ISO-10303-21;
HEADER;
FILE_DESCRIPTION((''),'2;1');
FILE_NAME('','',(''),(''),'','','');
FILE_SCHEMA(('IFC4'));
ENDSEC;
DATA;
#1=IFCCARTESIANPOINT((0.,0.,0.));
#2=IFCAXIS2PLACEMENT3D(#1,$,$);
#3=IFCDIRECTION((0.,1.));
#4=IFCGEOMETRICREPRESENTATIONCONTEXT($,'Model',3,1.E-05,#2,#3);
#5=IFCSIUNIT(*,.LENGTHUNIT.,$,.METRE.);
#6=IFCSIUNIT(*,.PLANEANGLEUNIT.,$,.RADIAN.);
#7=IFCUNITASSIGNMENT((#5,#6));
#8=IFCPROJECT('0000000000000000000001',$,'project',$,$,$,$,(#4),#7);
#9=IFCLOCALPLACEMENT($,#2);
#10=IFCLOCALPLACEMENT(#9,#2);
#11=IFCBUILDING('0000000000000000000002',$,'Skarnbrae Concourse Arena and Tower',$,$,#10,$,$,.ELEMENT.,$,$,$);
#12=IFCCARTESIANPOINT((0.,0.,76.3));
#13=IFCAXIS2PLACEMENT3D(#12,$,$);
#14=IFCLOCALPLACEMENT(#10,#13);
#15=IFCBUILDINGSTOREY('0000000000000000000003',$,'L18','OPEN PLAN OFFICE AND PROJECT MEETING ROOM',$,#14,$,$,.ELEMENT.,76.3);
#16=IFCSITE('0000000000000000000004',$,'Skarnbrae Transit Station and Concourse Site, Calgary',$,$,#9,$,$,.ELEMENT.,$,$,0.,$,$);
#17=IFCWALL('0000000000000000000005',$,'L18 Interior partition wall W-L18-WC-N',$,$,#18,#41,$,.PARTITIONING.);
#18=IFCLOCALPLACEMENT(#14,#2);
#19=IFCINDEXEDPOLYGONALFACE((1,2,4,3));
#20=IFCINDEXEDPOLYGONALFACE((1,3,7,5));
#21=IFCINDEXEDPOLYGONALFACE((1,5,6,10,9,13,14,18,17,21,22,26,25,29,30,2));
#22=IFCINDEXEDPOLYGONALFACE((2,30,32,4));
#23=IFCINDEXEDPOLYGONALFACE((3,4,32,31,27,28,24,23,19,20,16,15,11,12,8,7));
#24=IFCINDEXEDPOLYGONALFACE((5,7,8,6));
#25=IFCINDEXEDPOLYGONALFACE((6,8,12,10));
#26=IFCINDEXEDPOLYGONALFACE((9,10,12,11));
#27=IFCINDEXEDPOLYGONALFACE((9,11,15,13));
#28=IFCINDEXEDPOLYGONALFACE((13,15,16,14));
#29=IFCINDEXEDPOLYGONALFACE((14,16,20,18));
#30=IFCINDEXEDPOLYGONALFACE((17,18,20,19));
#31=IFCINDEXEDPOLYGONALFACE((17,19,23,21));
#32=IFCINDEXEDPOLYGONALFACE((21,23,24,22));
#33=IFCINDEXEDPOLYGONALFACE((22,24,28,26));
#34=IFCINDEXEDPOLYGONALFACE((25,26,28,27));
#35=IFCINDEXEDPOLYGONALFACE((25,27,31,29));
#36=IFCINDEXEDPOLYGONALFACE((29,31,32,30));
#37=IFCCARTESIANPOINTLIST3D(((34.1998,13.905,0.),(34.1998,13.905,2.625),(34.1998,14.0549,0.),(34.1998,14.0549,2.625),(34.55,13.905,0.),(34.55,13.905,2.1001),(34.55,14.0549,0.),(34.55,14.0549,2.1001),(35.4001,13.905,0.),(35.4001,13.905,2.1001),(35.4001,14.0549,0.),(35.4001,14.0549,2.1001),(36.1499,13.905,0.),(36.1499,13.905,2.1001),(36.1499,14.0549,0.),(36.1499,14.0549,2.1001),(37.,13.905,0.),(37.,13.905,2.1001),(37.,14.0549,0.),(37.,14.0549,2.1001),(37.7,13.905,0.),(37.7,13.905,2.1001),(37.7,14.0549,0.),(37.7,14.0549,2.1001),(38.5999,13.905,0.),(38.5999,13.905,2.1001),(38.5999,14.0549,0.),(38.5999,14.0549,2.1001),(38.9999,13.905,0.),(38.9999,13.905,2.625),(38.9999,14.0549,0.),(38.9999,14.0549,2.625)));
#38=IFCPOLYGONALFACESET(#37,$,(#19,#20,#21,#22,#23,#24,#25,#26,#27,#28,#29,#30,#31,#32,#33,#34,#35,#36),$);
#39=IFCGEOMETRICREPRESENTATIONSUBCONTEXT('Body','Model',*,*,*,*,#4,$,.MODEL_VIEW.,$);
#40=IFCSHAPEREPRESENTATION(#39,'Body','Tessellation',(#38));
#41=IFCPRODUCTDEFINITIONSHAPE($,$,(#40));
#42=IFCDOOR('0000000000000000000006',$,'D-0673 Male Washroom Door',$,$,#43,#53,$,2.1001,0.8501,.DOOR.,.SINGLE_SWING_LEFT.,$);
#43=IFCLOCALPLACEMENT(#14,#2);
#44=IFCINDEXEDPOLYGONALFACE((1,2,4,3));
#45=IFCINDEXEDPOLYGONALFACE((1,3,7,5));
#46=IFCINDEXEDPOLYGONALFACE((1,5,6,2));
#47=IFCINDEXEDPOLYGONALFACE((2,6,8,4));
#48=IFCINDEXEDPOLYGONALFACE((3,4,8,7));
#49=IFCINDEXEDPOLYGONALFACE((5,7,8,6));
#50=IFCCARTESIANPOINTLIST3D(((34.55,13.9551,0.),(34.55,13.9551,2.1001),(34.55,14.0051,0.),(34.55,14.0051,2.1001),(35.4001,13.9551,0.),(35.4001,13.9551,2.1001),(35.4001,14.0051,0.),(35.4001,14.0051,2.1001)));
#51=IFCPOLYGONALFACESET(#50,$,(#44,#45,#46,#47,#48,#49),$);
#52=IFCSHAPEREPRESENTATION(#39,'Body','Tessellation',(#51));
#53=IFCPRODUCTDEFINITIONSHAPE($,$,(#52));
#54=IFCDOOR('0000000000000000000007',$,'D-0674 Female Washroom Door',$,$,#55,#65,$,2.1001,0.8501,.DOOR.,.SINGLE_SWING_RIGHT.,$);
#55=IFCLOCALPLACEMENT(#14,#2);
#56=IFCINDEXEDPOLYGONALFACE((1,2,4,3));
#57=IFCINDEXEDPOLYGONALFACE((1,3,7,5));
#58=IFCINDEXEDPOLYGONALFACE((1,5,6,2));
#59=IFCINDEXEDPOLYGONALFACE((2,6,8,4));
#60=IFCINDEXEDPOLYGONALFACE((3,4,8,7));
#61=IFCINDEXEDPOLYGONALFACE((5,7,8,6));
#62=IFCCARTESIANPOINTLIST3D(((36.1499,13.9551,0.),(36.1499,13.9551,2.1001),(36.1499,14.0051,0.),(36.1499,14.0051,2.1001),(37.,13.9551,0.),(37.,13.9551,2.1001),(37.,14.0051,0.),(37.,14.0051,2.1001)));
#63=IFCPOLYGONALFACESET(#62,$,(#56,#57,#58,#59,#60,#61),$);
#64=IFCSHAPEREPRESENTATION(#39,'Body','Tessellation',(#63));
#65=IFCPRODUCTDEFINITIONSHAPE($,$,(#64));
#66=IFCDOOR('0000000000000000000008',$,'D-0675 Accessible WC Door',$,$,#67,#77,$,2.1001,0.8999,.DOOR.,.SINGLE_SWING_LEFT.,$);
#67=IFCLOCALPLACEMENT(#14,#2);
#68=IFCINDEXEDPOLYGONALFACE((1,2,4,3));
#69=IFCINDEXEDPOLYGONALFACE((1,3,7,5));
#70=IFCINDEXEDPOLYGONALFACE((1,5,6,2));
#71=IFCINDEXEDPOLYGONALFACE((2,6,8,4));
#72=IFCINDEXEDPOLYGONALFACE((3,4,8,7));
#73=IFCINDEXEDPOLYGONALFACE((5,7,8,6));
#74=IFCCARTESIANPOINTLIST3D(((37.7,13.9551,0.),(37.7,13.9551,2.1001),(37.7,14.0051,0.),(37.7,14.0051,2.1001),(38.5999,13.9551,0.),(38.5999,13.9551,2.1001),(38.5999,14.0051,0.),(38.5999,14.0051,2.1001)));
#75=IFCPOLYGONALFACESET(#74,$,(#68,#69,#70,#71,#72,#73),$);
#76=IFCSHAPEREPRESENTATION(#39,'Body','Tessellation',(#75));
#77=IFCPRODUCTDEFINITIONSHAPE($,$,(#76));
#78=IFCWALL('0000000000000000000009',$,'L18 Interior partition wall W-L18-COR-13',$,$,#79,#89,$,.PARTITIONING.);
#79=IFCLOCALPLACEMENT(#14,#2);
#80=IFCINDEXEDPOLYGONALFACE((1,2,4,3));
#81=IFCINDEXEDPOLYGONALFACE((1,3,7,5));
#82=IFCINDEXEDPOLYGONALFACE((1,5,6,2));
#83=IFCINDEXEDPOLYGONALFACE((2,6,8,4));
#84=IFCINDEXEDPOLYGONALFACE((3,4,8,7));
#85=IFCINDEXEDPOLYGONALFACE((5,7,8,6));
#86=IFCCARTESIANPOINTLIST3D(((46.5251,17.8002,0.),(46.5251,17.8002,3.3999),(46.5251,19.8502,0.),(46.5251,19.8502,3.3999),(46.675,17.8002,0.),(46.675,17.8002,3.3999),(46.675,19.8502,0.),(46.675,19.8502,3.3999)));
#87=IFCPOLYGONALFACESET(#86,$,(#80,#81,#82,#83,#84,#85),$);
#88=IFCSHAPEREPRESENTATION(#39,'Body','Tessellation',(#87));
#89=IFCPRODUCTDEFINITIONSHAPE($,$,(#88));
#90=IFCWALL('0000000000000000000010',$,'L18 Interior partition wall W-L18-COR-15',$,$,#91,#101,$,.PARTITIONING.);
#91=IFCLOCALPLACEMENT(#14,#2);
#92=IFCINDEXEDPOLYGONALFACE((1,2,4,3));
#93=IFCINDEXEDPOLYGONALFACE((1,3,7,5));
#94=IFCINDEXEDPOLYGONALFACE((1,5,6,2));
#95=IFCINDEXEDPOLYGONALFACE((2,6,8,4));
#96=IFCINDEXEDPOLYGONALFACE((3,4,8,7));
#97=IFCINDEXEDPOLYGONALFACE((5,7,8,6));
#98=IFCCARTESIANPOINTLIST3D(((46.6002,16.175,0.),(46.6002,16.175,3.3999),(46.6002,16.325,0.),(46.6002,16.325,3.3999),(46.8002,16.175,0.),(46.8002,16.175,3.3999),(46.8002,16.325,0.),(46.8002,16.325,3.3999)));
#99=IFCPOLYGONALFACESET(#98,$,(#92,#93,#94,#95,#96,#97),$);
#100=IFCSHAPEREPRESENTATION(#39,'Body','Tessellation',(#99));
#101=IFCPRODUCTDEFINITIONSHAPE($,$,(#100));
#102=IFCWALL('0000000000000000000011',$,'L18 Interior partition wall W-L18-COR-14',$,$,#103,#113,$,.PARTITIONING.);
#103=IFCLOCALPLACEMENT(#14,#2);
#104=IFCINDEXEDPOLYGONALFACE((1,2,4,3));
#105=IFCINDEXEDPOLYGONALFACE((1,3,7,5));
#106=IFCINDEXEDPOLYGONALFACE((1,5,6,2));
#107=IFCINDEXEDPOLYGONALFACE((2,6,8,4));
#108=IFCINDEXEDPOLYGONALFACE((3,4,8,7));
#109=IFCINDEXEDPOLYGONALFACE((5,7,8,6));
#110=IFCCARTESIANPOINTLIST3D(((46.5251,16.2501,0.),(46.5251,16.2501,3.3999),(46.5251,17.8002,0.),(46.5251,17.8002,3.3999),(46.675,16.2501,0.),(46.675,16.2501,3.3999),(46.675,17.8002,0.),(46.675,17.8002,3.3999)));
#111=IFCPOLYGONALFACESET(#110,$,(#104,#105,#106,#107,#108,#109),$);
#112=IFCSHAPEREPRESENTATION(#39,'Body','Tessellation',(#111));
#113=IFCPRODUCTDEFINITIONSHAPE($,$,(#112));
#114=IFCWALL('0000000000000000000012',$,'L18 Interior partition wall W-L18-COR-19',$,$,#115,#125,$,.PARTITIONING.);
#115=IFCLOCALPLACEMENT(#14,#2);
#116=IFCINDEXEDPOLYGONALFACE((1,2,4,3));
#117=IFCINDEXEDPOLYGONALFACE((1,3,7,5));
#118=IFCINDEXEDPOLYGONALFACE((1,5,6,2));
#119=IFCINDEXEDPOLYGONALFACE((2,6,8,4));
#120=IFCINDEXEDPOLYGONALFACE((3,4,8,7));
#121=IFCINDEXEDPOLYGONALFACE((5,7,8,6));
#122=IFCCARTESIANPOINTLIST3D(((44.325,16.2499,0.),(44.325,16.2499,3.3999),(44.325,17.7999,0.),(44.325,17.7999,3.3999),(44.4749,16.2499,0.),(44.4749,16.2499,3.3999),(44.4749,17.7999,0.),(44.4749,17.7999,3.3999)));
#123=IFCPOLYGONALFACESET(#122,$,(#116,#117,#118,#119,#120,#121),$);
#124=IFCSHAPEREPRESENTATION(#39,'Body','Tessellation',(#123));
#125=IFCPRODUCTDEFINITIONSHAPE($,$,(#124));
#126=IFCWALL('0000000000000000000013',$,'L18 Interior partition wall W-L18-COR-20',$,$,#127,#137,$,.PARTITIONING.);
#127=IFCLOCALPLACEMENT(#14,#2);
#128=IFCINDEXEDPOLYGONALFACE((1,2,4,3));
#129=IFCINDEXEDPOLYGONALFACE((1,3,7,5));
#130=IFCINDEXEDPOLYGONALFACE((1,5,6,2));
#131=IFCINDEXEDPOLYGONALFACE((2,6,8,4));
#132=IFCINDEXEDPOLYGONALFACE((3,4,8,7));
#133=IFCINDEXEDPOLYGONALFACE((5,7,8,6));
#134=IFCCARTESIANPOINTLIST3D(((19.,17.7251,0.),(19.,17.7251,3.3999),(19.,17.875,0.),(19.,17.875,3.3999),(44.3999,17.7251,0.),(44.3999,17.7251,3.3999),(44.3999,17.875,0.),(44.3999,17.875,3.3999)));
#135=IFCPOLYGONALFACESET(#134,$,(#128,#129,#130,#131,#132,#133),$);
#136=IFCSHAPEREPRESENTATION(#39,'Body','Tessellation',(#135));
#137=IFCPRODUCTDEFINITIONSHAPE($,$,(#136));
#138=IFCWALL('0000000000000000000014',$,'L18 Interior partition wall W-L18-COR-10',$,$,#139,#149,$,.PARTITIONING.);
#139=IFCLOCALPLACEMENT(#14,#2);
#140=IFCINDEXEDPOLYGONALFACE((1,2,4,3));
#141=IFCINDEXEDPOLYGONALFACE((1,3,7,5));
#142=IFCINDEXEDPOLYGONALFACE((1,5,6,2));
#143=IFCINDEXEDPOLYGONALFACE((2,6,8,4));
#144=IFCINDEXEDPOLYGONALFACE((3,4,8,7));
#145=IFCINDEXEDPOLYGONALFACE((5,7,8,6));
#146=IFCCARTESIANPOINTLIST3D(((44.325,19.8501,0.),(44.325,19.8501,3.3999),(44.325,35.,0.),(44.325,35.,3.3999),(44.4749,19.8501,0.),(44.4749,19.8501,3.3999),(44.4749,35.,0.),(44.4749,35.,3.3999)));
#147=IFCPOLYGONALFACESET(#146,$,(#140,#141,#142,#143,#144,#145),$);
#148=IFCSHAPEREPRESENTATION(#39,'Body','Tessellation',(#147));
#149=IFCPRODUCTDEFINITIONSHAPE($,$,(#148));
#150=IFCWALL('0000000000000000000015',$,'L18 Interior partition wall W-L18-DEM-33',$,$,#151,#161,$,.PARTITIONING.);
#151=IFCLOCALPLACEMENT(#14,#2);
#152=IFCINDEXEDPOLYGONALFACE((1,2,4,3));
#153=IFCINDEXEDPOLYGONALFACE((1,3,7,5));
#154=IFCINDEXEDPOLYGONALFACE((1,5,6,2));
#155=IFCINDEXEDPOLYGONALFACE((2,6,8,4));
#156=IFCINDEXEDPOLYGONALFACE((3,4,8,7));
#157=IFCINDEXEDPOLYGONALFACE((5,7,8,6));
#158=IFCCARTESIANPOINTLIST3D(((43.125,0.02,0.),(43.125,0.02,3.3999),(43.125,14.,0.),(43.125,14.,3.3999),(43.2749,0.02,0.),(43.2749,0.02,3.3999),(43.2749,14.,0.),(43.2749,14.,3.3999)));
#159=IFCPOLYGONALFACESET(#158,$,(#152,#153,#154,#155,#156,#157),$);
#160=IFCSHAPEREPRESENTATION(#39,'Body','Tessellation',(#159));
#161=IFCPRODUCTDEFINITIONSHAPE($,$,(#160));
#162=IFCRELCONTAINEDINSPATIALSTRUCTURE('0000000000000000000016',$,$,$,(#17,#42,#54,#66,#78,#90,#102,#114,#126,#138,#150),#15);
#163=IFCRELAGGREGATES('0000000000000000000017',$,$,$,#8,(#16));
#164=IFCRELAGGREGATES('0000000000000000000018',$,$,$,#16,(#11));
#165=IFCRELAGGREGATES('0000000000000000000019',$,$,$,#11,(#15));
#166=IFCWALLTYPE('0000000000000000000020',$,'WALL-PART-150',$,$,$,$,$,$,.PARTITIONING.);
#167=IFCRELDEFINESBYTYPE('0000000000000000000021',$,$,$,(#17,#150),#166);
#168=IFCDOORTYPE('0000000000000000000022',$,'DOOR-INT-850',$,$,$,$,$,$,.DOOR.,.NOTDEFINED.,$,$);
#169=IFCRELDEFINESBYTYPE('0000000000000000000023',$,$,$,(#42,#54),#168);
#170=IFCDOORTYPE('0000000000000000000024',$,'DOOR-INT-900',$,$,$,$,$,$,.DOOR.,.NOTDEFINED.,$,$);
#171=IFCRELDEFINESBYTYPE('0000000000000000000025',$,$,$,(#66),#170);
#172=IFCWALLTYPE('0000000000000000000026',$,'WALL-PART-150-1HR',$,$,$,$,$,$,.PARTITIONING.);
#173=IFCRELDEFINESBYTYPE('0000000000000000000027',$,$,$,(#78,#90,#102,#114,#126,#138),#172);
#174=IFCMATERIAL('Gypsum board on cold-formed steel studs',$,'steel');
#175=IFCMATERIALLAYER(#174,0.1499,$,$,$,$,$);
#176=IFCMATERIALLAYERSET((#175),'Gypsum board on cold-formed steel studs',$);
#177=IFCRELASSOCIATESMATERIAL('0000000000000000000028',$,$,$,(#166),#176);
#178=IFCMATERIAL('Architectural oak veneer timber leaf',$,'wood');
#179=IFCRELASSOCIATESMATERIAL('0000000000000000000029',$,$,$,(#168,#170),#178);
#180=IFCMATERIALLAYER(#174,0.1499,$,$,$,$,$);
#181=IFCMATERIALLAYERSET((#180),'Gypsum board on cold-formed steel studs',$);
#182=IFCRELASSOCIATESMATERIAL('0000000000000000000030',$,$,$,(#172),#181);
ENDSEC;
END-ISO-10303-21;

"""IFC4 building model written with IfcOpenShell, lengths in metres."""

from ifc_helpers import new_model, si_unit, direction, frame, frame_2d, origin, place, context, subcontext, project, spatial, rectangle, extrude, source, transform, mapped, material, layer, layer_set, type_object, element, fill, save


model = new_model("IFC4")

# Units and contexts
model_context = context("Model", 3, precision=1e-05, world=origin(), true_north=direction((0.0, 1.0)))
body_context = subcontext(model_context, "Body", "Model", "MODEL_VIEW")
ifc_project = project(units=[si_unit("LENGTHUNIT", "METRE"), si_unit("PLANEANGLEUNIT", "RADIAN")], contexts=[model_context])

# Site, building, storey
site_placement = place(None, origin())
site = spatial("IfcSite", under=ifc_project, at=site_placement, Name="Skarnbrae Transit Station and Concourse Site, Calgary", CompositionType="ELEMENT", RefElevation=0.0)
building_placement = place(site_placement, origin())
building = spatial("IfcBuilding", under=site, at=building_placement, Name="Skarnbrae Concourse Arena and Tower", CompositionType="ELEMENT")
storey_placement = place(building_placement, frame((0.0, 0.0, 76.3)))
storey = spatial("IfcBuildingStorey", under=building, at=storey_placement, Name="L18", Description="OPEN PLAN OFFICE AND PROJECT MEETING ROOM", CompositionType="ELEMENT", Elevation=76.3)

# Wall, openings, doors
ifc_material_1 = material(Name="Gypsum board on cold-formed steel studs", Category="steel")
ifc_layer_1 = layer(ifc_material_1, 0.1499)
ifc_layer_set_1 = layer_set([ifc_layer_1], Name="Gypsum board on cold-formed steel studs")
wall_type_1 = type_object("IfcWallType", Name="WALL-PART-150", PredefinedType="PARTITIONING", material=ifc_layer_set_1)
shared_shape_1 = source(origin(), body_context, "Body", "SweptSolid", [
    extrude(rectangle(XDim=4.8, YDim=0.1499, at=frame_2d((2.3999, 0.0))), origin(), (0.0, 0.0, 1.0), 2.625),
])
wall_1_placement = place(storey_placement, frame((34.2, 13.98, 0.0), z_axis=(0.0, 0.0, 1.0), x_axis=(1.0, 0.0, 0.0)))
wall_1 = element("IfcWall", 1, at=wall_1_placement, inside=storey, type_object=wall_type_1, Name="L18 Interior partition wall W-L18-WC-N", PredefinedType="PARTITIONING", context=body_context, shape_type="MappedRepresentation", body=[
    mapped(shared_shape_1, transform((0.0, 0.0, 0.0))),
])
opening_1_placement = place(wall_1_placement, frame((0.3501, 0.0, 0.0)))
opening_1 = element("IfcOpeningElement", 2, at=opening_1_placement, cuts=wall_1, PredefinedType="OPENING", context=body_context, shape_type="SweptSolid", body=[
    extrude(rectangle(XDim=0.8501, YDim=2.1001, at=frame_2d((0.425, 1.05))), frame((0.0, 0.085, 0.0), z_axis=(0.0, -1.0, 0.0), x_axis=(1.0, 0.0, 0.0)), (0.0, 0.0, 1.0), 0.1699),
])
opening_2_placement = place(wall_1_placement, frame((1.95, 0.0, 0.0)))
opening_2 = element("IfcOpeningElement", 3, at=opening_2_placement, cuts=wall_1, PredefinedType="OPENING", context=body_context, shape_type="SweptSolid", body=[
    extrude(rectangle(XDim=0.8501, YDim=2.1001, at=frame_2d((0.425, 1.05))), frame((0.0, 0.085, 0.0), z_axis=(0.0, -1.0, 0.0), x_axis=(1.0, 0.0, 0.0)), (0.0, 0.0, 1.0), 0.1699),
])
opening_3_placement = place(wall_1_placement, frame((3.5, 0.0, 0.0)))
opening_3 = element("IfcOpeningElement", 4, at=opening_3_placement, cuts=wall_1, PredefinedType="OPENING", context=body_context, shape_type="SweptSolid", body=[
    extrude(rectangle(XDim=0.8999, YDim=2.1001, at=frame_2d((0.45, 1.05))), frame((0.0, 0.085, 0.0), z_axis=(0.0, -1.0, 0.0), x_axis=(1.0, 0.0, 0.0)), (0.0, 0.0, 1.0), 0.1699),
])
ifc_material_2 = material(Name="Architectural oak veneer timber leaf", Category="wood")
door_type_1 = type_object("IfcDoorType", Name="DOOR-INT-850", OperationType="NOTDEFINED", PredefinedType="DOOR", material=ifc_material_2)
shared_shape_2 = source(origin(), body_context, "Body", "SweptSolid", [
    extrude(rectangle(XDim=0.8501, YDim=2.1001, at=frame_2d((0.425, 1.05))), frame((0.0, 0.0249, 0.0), z_axis=(0.0, -1.0, 0.0), x_axis=(1.0, 0.0, 0.0)), (0.0, 0.0, 1.0), 0.05),
])
door_1_placement = place(opening_1_placement, frame((0.8501, 0.0, 0.0), z_axis=(0.0, 0.0, 1.0), x_axis=(-1.0, 0.0, 0.0)))
door_1 = element("IfcDoor", 5, at=door_1_placement, inside=storey, type_object=door_type_1, Name="D-0673 Male Washroom Door", OperationType="SINGLE_SWING_LEFT", OverallHeight=2.1001, OverallWidth=0.8501, PredefinedType="DOOR", context=body_context, shape_type="MappedRepresentation", body=[
    mapped(shared_shape_2, transform((0.0, 0.0, 0.0))),
])
fill(opening_1, door_1)
door_2_placement = place(opening_2_placement, frame((0.8501, 0.0, 0.0), z_axis=(0.0, 0.0, 1.0), x_axis=(-1.0, 0.0, 0.0)))
door_2 = element("IfcDoor", 6, at=door_2_placement, inside=storey, type_object=door_type_1, Name="D-0674 Female Washroom Door", OperationType="SINGLE_SWING_RIGHT", OverallHeight=2.1001, OverallWidth=0.8501, PredefinedType="DOOR", context=body_context, shape_type="MappedRepresentation", body=[
    mapped(shared_shape_2, transform((0.0, 0.0, 0.0))),
])
fill(opening_2, door_2)
door_type_2 = type_object("IfcDoorType", Name="DOOR-INT-900", OperationType="NOTDEFINED", PredefinedType="DOOR", material=ifc_material_2)
shared_shape_3 = source(origin(), body_context, "Body", "SweptSolid", [
    extrude(rectangle(XDim=0.8999, YDim=2.1001, at=frame_2d((0.45, 1.05))), frame((0.0, 0.0249, 0.0), z_axis=(0.0, -1.0, 0.0), x_axis=(1.0, 0.0, 0.0)), (0.0, 0.0, 1.0), 0.05),
])
door_3_placement = place(opening_3_placement, frame((0.8999, 0.0, 0.0), z_axis=(0.0, 0.0, 1.0), x_axis=(-1.0, 0.0, 0.0)))
door_3 = element("IfcDoor", 7, at=door_3_placement, inside=storey, type_object=door_type_2, Name="D-0675 Accessible WC Door", OperationType="SINGLE_SWING_LEFT", OverallHeight=2.1001, OverallWidth=0.8999, PredefinedType="DOOR", context=body_context, shape_type="MappedRepresentation", body=[
    mapped(shared_shape_3, transform((0.0, 0.0, 0.0))),
])
fill(opening_3, door_3)

# Walls
ifc_layer_2 = layer(ifc_material_1, 0.1499)
ifc_layer_set_2 = layer_set([ifc_layer_2], Name="Gypsum board on cold-formed steel studs")
wall_type_2 = type_object("IfcWallType", Name="WALL-PART-150-1HR", PredefinedType="PARTITIONING", material=ifc_layer_set_2)
shared_shape_4 = source(origin(), body_context, "Body", "SweptSolid", [
    extrude(rectangle(XDim=2.05, YDim=0.1499, at=frame_2d((1.0249, 0.0))), origin(), (0.0, 0.0, 1.0), 3.3999),
])
wall_2_placement = place(storey_placement, frame((46.6001, 19.8501, 0.0), z_axis=(0.0, 0.0, 1.0), x_axis=(0.0, -1.0, 0.0)))
element("IfcWall", 8, at=wall_2_placement, inside=storey, type_object=wall_type_2, Name="L18 Interior partition wall W-L18-COR-13", PredefinedType="PARTITIONING", context=body_context, shape_type="MappedRepresentation", body=[
    mapped(shared_shape_4, transform((0.0, 0.0, 0.0))),
])
shared_shape_5 = source(origin(), body_context, "Body", "SweptSolid", [
    extrude(rectangle(XDim=0.2, YDim=0.1499, at=frame_2d((0.1001, 0.0))), origin(), (0.0, 0.0, 1.0), 3.3999),
])
wall_3_placement = place(storey_placement, frame((46.6001, 16.25, 0.0), z_axis=(0.0, 0.0, 1.0), x_axis=(1.0, 0.0, 0.0)))
element("IfcWall", 9, at=wall_3_placement, inside=storey, type_object=wall_type_2, Name="L18 Interior partition wall W-L18-COR-15", PredefinedType="PARTITIONING", context=body_context, shape_type="MappedRepresentation", body=[
    mapped(shared_shape_5, transform((0.0, 0.0, 0.0))),
])
shared_shape_6 = source(origin(), body_context, "Body", "SweptSolid", [
    extrude(rectangle(XDim=1.55, YDim=0.1499, at=frame_2d((0.7749, 0.0))), origin(), (0.0, 0.0, 1.0), 3.3999),
])
for number, where, z_axis, x_axis, name in (
    (10, (46.6001, 17.8, 0.0), (0.0, 0.0, 1.0), (0.0, -1.0, 0.0), "L18 Interior partition wall W-L18-COR-14"),
    (11, (44.3999, 16.25, 0.0), (0.0, 0.0, 1.0), (0.0, 1.0, 0.0), "L18 Interior partition wall W-L18-COR-19"),
):
    element("IfcWall", number, at=place(storey_placement, frame(where, z_axis=z_axis, x_axis=x_axis)), inside=storey, type_object=wall_type_2, Name=name, PredefinedType="PARTITIONING", context=body_context, shape_type="MappedRepresentation", body=[
        mapped(shared_shape_6, transform((0.0, 0.0, 0.0))),
    ])
shared_shape_7 = source(origin(), body_context, "Body", "SweptSolid", [
    extrude(rectangle(XDim=25.3999, YDim=0.1499, at=frame_2d((12.7, 0.0))), origin(), (0.0, 0.0, 1.0), 3.3999),
])
wall_4_placement = place(storey_placement, frame((44.3999, 17.8, 0.0), z_axis=(0.0, 0.0, 1.0), x_axis=(-1.0, 0.0, 0.0)))
element("IfcWall", 12, at=wall_4_placement, inside=storey, type_object=wall_type_2, Name="L18 Interior partition wall W-L18-COR-20", PredefinedType="PARTITIONING", context=body_context, shape_type="MappedRepresentation", body=[
    mapped(shared_shape_7, transform((0.0, 0.0, 0.0))),
])
shared_shape_8 = source(origin(), body_context, "Body", "SweptSolid", [
    extrude(rectangle(XDim=15.1499, YDim=0.1499, at=frame_2d((7.575, 0.0))), origin(), (0.0, 0.0, 1.0), 3.3999),
])
wall_5_placement = place(storey_placement, frame((44.3999, 19.8501, 0.0), z_axis=(0.0, 0.0, 1.0), x_axis=(0.0, 1.0, 0.0)))
element("IfcWall", 13, at=wall_5_placement, inside=storey, type_object=wall_type_2, Name="L18 Interior partition wall W-L18-COR-10", PredefinedType="PARTITIONING", context=body_context, shape_type="MappedRepresentation", body=[
    mapped(shared_shape_8, transform((0.0, 0.0, 0.0))),
])
shared_shape_9 = source(origin(), body_context, "Body", "SweptSolid", [
    extrude(rectangle(XDim=13.98, YDim=0.1499, at=frame_2d((6.99, 0.0))), origin(), (0.0, 0.0, 1.0), 3.3999),
])
wall_6_placement = place(storey_placement, frame((43.2, 14.0, 0.0), z_axis=(0.0, 0.0, 1.0), x_axis=(0.0, -1.0, 0.0)))
element("IfcWall", 14, at=wall_6_placement, inside=storey, type_object=wall_type_1, Name="L18 Interior partition wall W-L18-DEM-33", PredefinedType="PARTITIONING", context=body_context, shape_type="MappedRepresentation", body=[
    mapped(shared_shape_9, transform((0.0, 0.0, 0.0))),
])

save(model, "model.ifc")
